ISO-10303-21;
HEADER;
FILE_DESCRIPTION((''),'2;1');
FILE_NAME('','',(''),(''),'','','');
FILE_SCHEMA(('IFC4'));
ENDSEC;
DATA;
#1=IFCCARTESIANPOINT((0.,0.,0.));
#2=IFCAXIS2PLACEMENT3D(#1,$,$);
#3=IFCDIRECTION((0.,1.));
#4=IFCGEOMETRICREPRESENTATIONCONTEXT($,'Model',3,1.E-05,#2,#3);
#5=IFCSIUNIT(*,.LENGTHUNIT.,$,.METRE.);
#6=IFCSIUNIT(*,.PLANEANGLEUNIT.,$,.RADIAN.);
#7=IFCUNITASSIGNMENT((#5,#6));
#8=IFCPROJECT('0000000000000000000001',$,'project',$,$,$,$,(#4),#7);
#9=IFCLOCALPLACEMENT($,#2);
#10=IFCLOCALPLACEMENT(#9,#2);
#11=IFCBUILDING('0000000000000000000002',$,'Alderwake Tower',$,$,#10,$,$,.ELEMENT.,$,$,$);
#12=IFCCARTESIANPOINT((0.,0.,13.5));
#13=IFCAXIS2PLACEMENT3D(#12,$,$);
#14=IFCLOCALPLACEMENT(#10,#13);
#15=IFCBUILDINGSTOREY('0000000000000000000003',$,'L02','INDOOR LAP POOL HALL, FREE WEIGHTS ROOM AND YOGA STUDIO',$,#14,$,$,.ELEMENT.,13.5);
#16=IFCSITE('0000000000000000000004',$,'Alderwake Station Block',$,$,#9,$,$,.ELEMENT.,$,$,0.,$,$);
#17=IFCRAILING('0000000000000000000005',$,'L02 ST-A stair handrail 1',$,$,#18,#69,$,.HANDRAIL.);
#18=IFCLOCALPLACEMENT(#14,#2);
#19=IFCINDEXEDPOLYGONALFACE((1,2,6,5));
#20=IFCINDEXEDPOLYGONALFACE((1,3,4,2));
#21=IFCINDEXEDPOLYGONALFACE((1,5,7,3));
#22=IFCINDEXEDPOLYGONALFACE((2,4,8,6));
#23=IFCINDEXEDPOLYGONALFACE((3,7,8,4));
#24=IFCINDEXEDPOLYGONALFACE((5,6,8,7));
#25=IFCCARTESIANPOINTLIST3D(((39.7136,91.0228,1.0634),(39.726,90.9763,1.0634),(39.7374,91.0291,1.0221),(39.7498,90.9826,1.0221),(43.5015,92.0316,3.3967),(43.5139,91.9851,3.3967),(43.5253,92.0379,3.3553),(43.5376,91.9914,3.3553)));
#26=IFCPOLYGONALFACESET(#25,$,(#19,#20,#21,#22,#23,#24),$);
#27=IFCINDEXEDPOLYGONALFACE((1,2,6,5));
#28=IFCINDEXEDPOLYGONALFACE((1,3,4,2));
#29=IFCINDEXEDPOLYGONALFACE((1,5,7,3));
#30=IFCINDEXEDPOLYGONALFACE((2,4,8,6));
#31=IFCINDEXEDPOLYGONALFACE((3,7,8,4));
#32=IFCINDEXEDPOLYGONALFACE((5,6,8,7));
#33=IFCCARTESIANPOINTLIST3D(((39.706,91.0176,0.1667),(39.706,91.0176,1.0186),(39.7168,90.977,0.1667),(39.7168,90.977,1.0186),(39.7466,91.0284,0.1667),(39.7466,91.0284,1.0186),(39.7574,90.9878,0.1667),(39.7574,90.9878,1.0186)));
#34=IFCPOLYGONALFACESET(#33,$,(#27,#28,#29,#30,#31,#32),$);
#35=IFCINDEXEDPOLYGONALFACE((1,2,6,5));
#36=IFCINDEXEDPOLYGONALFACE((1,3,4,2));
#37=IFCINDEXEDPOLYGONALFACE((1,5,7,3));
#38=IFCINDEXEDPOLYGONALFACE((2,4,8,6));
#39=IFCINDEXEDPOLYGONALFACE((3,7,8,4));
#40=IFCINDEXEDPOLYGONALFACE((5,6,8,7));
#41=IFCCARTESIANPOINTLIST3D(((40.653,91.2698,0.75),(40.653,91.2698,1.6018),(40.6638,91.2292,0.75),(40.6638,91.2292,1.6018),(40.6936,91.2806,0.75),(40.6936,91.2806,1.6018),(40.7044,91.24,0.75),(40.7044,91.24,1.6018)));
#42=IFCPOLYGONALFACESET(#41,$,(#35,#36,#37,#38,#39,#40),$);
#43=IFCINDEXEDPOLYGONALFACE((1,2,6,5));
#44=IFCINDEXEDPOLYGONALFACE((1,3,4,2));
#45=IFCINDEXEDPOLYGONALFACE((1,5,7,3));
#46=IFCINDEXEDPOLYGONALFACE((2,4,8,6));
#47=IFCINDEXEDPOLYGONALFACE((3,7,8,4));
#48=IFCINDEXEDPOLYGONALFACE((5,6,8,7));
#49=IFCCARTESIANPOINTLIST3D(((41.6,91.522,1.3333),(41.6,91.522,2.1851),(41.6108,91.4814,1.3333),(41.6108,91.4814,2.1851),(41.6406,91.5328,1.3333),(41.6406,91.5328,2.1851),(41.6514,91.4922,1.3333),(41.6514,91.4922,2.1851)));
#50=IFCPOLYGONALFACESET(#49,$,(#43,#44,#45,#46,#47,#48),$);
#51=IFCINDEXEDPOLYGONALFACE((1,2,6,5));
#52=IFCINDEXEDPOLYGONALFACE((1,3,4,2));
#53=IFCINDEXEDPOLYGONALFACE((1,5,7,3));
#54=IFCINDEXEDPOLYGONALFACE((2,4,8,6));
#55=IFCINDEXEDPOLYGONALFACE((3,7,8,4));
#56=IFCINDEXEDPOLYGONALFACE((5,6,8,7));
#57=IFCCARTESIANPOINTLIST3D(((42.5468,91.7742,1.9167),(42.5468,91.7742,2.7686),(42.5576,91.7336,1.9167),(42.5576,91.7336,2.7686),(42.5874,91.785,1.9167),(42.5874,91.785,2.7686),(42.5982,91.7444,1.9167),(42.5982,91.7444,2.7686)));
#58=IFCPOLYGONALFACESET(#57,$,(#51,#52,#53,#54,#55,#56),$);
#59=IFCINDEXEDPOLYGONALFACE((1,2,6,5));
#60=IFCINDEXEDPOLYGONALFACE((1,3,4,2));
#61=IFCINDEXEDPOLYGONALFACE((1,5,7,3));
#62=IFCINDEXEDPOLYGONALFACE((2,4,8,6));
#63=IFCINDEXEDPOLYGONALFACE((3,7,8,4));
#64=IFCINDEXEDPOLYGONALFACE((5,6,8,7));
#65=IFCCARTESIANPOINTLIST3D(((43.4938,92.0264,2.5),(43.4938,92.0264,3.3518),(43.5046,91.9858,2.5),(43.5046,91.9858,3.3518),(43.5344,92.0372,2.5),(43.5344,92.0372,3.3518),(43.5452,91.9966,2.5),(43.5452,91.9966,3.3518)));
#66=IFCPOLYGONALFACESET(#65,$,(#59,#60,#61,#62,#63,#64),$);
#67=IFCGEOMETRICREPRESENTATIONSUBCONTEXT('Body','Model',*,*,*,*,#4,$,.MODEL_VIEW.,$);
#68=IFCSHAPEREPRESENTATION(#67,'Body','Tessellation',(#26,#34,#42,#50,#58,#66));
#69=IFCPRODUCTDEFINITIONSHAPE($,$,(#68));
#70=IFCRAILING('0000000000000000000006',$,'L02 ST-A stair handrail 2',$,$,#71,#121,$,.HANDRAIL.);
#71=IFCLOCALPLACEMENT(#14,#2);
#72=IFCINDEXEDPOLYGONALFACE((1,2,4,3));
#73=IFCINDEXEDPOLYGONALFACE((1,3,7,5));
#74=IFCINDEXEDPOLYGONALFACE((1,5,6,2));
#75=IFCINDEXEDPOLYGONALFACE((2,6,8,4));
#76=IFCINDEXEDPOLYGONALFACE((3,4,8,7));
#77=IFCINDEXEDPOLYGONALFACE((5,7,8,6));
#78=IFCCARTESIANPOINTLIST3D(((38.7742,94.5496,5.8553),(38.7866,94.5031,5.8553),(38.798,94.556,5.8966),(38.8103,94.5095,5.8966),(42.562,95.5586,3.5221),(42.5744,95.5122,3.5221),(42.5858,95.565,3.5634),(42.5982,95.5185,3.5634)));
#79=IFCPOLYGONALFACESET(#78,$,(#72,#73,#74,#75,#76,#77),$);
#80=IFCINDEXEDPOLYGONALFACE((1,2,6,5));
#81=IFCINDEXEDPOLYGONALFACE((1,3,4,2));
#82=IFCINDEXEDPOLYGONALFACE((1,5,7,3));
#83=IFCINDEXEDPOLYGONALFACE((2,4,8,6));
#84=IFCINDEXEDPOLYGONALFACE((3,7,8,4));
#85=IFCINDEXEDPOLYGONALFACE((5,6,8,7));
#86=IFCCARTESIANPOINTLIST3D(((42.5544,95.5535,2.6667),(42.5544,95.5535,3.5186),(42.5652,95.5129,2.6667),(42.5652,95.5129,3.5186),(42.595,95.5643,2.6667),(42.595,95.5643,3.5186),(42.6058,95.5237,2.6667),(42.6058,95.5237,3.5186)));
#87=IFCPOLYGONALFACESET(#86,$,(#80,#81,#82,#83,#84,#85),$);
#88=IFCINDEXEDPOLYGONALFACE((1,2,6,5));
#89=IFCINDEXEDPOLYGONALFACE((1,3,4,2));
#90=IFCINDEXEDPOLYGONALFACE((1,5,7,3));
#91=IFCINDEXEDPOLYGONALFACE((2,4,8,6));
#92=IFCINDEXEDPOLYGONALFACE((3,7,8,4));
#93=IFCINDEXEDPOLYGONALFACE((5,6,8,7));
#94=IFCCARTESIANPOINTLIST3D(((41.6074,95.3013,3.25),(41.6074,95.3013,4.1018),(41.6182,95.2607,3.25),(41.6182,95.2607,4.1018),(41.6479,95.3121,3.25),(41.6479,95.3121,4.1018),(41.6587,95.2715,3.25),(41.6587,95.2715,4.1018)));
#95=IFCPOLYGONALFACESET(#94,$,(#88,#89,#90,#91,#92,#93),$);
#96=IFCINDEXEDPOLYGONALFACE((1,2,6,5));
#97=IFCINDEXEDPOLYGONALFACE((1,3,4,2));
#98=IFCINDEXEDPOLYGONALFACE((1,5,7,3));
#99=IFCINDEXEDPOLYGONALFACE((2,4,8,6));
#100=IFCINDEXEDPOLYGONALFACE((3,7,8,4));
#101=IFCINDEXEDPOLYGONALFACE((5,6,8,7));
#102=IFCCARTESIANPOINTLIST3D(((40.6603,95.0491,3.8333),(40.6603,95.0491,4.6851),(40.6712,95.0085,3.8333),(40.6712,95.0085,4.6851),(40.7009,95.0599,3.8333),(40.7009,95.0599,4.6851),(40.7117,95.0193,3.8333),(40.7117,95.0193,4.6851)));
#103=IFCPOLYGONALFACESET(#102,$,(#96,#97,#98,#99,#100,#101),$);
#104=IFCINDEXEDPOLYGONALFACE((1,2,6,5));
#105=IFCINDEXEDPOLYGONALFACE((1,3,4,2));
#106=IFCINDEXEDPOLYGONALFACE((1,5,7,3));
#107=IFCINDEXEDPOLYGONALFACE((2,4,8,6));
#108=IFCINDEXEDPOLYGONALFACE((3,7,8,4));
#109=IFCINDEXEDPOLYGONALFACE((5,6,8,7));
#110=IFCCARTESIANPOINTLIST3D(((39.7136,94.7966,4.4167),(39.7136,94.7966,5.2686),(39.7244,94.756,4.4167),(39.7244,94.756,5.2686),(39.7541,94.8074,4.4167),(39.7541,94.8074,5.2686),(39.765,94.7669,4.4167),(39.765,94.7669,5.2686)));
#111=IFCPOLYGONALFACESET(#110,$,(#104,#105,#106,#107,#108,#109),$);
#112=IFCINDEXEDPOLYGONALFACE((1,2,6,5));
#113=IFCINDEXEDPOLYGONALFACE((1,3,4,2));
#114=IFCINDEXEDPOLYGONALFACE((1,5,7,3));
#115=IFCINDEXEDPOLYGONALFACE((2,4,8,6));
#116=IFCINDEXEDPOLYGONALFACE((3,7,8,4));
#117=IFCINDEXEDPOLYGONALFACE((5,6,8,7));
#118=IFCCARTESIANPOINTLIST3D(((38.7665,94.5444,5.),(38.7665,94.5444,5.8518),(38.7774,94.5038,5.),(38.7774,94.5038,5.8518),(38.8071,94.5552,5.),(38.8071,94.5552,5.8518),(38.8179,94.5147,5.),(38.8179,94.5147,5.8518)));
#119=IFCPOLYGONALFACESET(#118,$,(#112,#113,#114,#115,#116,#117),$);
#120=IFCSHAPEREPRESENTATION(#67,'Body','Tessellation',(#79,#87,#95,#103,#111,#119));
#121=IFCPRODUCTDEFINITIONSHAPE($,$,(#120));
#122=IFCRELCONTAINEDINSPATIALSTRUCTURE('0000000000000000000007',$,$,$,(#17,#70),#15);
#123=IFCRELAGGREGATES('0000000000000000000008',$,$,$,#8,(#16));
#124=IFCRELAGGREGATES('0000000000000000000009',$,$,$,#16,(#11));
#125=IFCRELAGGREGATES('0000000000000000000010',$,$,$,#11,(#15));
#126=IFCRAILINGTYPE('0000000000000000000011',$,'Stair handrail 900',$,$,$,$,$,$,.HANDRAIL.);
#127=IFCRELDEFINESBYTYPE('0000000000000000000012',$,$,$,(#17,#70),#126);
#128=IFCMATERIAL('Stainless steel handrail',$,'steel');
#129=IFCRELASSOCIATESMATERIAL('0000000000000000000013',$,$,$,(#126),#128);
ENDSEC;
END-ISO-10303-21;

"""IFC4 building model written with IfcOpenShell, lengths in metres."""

from ifc_helpers import new_model, si_unit, direction, frame, origin, origin_2d, place, context, subcontext, project, spatial, rectangle, extrude, material, type_object, element, save


model = new_model("IFC4")

# Units and contexts
model_context = context("Model", 3, precision=1e-05, world=origin(), true_north=direction((0.0, 1.0)))
body_context = subcontext(model_context, "Body", "Model", "MODEL_VIEW")
ifc_project = project(units=[si_unit("LENGTHUNIT", "METRE"), si_unit("PLANEANGLEUNIT", "RADIAN")], contexts=[model_context])

# Site, building, storey
site_placement = place(None, origin())
site = spatial("IfcSite", under=ifc_project, at=site_placement, Name="Alderwake Station Block", CompositionType="ELEMENT", RefElevation=0.0)
building_placement = place(site_placement, origin())
building = spatial("IfcBuilding", under=site, at=building_placement, Name="Alderwake Tower", CompositionType="ELEMENT")
storey_placement = place(building_placement, frame((0.0, 0.0, 13.5)))
storey = spatial("IfcBuildingStorey", under=building, at=storey_placement, Name="L02", Description="INDOOR LAP POOL HALL, FREE WEIGHTS ROOM AND YOGA STUDIO", CompositionType="ELEMENT", Elevation=13.5)

# Railings
ifc_material_1 = material(Name="Stainless steel handrail", Category="steel")
railing_type_1 = type_object("IfcRailingType", Name="Stair handrail 900", PredefinedType="HANDRAIL", material=ifc_material_1)
railing_1_placement = place(storey_placement, frame((39.7317, 91.0027, 0.1667)))
element("IfcRailing", 1, at=railing_1_placement, inside=storey, type_object=railing_type_1, Name="L02 ST-A stair handrail 1", PredefinedType="HANDRAIL", context=body_context, shape_type="SweptSolid", body=[
    extrude(rectangle(XDim=0.0481, YDim=0.0481, at=origin_2d()), frame((0.0, 0.0, 0.876), z_axis=(0.83035, 0.221141, 0.511483), x_axis=(-0.257353, 0.966318, 0.0)), (0.0, 0.0, 1.0), 4.5618),
    extrude(rectangle(XDim=0.042, YDim=0.042, at=origin_2d()), frame((0.0, 0.0, 0.0), z_axis=(0.0, 0.0, 1.0), x_axis=(0.966318, 0.257353, 0.0)), (0.0, 0.0, 1.0), 0.8518),
    extrude(rectangle(XDim=0.042, YDim=0.042, at=origin_2d()), frame((0.947, 0.2522, 0.5833), z_axis=(0.0, 0.0, 1.0), x_axis=(0.966318, 0.257353, 0.0)), (0.0, 0.0, 1.0), 0.8518),
    extrude(rectangle(XDim=0.042, YDim=0.042, at=origin_2d()), frame((1.894, 0.5044, 1.1665), z_axis=(0.0, 0.0, 1.0), x_axis=(0.966318, 0.257353, 0.0)), (0.0, 0.0, 1.0), 0.8518),
    extrude(rectangle(XDim=0.042, YDim=0.042, at=origin_2d()), frame((2.8408, 0.7566, 1.75), z_axis=(0.0, 0.0, 1.0), x_axis=(0.966318, 0.257353, 0.0)), (0.0, 0.0, 1.0), 0.8518),
    extrude(rectangle(XDim=0.042, YDim=0.042, at=origin_2d()), frame((3.7878, 1.0088, 2.3333), z_axis=(0.0, 0.0, 1.0), x_axis=(0.966318, 0.257353, 0.0)), (0.0, 0.0, 1.0), 0.8518),
])
railing_2_placement = place(storey_placement, frame((42.5801, 95.5386, 2.6667)))
element("IfcRailing", 2, at=railing_2_placement, inside=storey, type_object=railing_type_1, Name="L02 ST-A stair handrail 2", PredefinedType="HANDRAIL", context=body_context, shape_type="SweptSolid", body=[
    extrude(rectangle(XDim=0.0481, YDim=0.0481, at=origin_2d()), frame((0.0, 0.0, 0.876), z_axis=(-0.830341, -0.221192, 0.511477), x_axis=(0.257411, -0.966302, 0.0)), (0.0, 0.0, 1.0), 4.5618),
    extrude(rectangle(XDim=0.042, YDim=0.042, at=origin_2d()), frame((0.0, 0.0, 0.0), z_axis=(0.0, 0.0, 1.0), x_axis=(-0.966302, -0.257411, 0.0)), (0.0, 0.0, 1.0), 0.8518),
    extrude(rectangle(XDim=0.042, YDim=0.042, at=origin_2d()), frame((-0.947, -0.2522, 0.5833), z_axis=(0.0, 0.0, 1.0), x_axis=(-0.966302, -0.257411, 0.0)), (0.0, 0.0, 1.0), 0.8518),
    extrude(rectangle(XDim=0.042, YDim=0.042, at=origin_2d()), frame((-1.894, -0.5044, 1.1665), z_axis=(0.0, 0.0, 1.0), x_axis=(-0.966302, -0.257411, 0.0)), (0.0, 0.0, 1.0), 0.8518),
    extrude(rectangle(XDim=0.042, YDim=0.042, at=origin_2d()), frame((-2.8408, -0.7568, 1.75), z_axis=(0.0, 0.0, 1.0), x_axis=(-0.966302, -0.257411, 0.0)), (0.0, 0.0, 1.0), 0.8518),
    extrude(rectangle(XDim=0.042, YDim=0.042, at=origin_2d()), frame((-3.7878, -1.009, 2.3333), z_axis=(0.0, 0.0, 1.0), x_axis=(-0.966302, -0.257411, 0.0)), (0.0, 0.0, 1.0), 0.8518),
])

save(model, "model.ifc")
